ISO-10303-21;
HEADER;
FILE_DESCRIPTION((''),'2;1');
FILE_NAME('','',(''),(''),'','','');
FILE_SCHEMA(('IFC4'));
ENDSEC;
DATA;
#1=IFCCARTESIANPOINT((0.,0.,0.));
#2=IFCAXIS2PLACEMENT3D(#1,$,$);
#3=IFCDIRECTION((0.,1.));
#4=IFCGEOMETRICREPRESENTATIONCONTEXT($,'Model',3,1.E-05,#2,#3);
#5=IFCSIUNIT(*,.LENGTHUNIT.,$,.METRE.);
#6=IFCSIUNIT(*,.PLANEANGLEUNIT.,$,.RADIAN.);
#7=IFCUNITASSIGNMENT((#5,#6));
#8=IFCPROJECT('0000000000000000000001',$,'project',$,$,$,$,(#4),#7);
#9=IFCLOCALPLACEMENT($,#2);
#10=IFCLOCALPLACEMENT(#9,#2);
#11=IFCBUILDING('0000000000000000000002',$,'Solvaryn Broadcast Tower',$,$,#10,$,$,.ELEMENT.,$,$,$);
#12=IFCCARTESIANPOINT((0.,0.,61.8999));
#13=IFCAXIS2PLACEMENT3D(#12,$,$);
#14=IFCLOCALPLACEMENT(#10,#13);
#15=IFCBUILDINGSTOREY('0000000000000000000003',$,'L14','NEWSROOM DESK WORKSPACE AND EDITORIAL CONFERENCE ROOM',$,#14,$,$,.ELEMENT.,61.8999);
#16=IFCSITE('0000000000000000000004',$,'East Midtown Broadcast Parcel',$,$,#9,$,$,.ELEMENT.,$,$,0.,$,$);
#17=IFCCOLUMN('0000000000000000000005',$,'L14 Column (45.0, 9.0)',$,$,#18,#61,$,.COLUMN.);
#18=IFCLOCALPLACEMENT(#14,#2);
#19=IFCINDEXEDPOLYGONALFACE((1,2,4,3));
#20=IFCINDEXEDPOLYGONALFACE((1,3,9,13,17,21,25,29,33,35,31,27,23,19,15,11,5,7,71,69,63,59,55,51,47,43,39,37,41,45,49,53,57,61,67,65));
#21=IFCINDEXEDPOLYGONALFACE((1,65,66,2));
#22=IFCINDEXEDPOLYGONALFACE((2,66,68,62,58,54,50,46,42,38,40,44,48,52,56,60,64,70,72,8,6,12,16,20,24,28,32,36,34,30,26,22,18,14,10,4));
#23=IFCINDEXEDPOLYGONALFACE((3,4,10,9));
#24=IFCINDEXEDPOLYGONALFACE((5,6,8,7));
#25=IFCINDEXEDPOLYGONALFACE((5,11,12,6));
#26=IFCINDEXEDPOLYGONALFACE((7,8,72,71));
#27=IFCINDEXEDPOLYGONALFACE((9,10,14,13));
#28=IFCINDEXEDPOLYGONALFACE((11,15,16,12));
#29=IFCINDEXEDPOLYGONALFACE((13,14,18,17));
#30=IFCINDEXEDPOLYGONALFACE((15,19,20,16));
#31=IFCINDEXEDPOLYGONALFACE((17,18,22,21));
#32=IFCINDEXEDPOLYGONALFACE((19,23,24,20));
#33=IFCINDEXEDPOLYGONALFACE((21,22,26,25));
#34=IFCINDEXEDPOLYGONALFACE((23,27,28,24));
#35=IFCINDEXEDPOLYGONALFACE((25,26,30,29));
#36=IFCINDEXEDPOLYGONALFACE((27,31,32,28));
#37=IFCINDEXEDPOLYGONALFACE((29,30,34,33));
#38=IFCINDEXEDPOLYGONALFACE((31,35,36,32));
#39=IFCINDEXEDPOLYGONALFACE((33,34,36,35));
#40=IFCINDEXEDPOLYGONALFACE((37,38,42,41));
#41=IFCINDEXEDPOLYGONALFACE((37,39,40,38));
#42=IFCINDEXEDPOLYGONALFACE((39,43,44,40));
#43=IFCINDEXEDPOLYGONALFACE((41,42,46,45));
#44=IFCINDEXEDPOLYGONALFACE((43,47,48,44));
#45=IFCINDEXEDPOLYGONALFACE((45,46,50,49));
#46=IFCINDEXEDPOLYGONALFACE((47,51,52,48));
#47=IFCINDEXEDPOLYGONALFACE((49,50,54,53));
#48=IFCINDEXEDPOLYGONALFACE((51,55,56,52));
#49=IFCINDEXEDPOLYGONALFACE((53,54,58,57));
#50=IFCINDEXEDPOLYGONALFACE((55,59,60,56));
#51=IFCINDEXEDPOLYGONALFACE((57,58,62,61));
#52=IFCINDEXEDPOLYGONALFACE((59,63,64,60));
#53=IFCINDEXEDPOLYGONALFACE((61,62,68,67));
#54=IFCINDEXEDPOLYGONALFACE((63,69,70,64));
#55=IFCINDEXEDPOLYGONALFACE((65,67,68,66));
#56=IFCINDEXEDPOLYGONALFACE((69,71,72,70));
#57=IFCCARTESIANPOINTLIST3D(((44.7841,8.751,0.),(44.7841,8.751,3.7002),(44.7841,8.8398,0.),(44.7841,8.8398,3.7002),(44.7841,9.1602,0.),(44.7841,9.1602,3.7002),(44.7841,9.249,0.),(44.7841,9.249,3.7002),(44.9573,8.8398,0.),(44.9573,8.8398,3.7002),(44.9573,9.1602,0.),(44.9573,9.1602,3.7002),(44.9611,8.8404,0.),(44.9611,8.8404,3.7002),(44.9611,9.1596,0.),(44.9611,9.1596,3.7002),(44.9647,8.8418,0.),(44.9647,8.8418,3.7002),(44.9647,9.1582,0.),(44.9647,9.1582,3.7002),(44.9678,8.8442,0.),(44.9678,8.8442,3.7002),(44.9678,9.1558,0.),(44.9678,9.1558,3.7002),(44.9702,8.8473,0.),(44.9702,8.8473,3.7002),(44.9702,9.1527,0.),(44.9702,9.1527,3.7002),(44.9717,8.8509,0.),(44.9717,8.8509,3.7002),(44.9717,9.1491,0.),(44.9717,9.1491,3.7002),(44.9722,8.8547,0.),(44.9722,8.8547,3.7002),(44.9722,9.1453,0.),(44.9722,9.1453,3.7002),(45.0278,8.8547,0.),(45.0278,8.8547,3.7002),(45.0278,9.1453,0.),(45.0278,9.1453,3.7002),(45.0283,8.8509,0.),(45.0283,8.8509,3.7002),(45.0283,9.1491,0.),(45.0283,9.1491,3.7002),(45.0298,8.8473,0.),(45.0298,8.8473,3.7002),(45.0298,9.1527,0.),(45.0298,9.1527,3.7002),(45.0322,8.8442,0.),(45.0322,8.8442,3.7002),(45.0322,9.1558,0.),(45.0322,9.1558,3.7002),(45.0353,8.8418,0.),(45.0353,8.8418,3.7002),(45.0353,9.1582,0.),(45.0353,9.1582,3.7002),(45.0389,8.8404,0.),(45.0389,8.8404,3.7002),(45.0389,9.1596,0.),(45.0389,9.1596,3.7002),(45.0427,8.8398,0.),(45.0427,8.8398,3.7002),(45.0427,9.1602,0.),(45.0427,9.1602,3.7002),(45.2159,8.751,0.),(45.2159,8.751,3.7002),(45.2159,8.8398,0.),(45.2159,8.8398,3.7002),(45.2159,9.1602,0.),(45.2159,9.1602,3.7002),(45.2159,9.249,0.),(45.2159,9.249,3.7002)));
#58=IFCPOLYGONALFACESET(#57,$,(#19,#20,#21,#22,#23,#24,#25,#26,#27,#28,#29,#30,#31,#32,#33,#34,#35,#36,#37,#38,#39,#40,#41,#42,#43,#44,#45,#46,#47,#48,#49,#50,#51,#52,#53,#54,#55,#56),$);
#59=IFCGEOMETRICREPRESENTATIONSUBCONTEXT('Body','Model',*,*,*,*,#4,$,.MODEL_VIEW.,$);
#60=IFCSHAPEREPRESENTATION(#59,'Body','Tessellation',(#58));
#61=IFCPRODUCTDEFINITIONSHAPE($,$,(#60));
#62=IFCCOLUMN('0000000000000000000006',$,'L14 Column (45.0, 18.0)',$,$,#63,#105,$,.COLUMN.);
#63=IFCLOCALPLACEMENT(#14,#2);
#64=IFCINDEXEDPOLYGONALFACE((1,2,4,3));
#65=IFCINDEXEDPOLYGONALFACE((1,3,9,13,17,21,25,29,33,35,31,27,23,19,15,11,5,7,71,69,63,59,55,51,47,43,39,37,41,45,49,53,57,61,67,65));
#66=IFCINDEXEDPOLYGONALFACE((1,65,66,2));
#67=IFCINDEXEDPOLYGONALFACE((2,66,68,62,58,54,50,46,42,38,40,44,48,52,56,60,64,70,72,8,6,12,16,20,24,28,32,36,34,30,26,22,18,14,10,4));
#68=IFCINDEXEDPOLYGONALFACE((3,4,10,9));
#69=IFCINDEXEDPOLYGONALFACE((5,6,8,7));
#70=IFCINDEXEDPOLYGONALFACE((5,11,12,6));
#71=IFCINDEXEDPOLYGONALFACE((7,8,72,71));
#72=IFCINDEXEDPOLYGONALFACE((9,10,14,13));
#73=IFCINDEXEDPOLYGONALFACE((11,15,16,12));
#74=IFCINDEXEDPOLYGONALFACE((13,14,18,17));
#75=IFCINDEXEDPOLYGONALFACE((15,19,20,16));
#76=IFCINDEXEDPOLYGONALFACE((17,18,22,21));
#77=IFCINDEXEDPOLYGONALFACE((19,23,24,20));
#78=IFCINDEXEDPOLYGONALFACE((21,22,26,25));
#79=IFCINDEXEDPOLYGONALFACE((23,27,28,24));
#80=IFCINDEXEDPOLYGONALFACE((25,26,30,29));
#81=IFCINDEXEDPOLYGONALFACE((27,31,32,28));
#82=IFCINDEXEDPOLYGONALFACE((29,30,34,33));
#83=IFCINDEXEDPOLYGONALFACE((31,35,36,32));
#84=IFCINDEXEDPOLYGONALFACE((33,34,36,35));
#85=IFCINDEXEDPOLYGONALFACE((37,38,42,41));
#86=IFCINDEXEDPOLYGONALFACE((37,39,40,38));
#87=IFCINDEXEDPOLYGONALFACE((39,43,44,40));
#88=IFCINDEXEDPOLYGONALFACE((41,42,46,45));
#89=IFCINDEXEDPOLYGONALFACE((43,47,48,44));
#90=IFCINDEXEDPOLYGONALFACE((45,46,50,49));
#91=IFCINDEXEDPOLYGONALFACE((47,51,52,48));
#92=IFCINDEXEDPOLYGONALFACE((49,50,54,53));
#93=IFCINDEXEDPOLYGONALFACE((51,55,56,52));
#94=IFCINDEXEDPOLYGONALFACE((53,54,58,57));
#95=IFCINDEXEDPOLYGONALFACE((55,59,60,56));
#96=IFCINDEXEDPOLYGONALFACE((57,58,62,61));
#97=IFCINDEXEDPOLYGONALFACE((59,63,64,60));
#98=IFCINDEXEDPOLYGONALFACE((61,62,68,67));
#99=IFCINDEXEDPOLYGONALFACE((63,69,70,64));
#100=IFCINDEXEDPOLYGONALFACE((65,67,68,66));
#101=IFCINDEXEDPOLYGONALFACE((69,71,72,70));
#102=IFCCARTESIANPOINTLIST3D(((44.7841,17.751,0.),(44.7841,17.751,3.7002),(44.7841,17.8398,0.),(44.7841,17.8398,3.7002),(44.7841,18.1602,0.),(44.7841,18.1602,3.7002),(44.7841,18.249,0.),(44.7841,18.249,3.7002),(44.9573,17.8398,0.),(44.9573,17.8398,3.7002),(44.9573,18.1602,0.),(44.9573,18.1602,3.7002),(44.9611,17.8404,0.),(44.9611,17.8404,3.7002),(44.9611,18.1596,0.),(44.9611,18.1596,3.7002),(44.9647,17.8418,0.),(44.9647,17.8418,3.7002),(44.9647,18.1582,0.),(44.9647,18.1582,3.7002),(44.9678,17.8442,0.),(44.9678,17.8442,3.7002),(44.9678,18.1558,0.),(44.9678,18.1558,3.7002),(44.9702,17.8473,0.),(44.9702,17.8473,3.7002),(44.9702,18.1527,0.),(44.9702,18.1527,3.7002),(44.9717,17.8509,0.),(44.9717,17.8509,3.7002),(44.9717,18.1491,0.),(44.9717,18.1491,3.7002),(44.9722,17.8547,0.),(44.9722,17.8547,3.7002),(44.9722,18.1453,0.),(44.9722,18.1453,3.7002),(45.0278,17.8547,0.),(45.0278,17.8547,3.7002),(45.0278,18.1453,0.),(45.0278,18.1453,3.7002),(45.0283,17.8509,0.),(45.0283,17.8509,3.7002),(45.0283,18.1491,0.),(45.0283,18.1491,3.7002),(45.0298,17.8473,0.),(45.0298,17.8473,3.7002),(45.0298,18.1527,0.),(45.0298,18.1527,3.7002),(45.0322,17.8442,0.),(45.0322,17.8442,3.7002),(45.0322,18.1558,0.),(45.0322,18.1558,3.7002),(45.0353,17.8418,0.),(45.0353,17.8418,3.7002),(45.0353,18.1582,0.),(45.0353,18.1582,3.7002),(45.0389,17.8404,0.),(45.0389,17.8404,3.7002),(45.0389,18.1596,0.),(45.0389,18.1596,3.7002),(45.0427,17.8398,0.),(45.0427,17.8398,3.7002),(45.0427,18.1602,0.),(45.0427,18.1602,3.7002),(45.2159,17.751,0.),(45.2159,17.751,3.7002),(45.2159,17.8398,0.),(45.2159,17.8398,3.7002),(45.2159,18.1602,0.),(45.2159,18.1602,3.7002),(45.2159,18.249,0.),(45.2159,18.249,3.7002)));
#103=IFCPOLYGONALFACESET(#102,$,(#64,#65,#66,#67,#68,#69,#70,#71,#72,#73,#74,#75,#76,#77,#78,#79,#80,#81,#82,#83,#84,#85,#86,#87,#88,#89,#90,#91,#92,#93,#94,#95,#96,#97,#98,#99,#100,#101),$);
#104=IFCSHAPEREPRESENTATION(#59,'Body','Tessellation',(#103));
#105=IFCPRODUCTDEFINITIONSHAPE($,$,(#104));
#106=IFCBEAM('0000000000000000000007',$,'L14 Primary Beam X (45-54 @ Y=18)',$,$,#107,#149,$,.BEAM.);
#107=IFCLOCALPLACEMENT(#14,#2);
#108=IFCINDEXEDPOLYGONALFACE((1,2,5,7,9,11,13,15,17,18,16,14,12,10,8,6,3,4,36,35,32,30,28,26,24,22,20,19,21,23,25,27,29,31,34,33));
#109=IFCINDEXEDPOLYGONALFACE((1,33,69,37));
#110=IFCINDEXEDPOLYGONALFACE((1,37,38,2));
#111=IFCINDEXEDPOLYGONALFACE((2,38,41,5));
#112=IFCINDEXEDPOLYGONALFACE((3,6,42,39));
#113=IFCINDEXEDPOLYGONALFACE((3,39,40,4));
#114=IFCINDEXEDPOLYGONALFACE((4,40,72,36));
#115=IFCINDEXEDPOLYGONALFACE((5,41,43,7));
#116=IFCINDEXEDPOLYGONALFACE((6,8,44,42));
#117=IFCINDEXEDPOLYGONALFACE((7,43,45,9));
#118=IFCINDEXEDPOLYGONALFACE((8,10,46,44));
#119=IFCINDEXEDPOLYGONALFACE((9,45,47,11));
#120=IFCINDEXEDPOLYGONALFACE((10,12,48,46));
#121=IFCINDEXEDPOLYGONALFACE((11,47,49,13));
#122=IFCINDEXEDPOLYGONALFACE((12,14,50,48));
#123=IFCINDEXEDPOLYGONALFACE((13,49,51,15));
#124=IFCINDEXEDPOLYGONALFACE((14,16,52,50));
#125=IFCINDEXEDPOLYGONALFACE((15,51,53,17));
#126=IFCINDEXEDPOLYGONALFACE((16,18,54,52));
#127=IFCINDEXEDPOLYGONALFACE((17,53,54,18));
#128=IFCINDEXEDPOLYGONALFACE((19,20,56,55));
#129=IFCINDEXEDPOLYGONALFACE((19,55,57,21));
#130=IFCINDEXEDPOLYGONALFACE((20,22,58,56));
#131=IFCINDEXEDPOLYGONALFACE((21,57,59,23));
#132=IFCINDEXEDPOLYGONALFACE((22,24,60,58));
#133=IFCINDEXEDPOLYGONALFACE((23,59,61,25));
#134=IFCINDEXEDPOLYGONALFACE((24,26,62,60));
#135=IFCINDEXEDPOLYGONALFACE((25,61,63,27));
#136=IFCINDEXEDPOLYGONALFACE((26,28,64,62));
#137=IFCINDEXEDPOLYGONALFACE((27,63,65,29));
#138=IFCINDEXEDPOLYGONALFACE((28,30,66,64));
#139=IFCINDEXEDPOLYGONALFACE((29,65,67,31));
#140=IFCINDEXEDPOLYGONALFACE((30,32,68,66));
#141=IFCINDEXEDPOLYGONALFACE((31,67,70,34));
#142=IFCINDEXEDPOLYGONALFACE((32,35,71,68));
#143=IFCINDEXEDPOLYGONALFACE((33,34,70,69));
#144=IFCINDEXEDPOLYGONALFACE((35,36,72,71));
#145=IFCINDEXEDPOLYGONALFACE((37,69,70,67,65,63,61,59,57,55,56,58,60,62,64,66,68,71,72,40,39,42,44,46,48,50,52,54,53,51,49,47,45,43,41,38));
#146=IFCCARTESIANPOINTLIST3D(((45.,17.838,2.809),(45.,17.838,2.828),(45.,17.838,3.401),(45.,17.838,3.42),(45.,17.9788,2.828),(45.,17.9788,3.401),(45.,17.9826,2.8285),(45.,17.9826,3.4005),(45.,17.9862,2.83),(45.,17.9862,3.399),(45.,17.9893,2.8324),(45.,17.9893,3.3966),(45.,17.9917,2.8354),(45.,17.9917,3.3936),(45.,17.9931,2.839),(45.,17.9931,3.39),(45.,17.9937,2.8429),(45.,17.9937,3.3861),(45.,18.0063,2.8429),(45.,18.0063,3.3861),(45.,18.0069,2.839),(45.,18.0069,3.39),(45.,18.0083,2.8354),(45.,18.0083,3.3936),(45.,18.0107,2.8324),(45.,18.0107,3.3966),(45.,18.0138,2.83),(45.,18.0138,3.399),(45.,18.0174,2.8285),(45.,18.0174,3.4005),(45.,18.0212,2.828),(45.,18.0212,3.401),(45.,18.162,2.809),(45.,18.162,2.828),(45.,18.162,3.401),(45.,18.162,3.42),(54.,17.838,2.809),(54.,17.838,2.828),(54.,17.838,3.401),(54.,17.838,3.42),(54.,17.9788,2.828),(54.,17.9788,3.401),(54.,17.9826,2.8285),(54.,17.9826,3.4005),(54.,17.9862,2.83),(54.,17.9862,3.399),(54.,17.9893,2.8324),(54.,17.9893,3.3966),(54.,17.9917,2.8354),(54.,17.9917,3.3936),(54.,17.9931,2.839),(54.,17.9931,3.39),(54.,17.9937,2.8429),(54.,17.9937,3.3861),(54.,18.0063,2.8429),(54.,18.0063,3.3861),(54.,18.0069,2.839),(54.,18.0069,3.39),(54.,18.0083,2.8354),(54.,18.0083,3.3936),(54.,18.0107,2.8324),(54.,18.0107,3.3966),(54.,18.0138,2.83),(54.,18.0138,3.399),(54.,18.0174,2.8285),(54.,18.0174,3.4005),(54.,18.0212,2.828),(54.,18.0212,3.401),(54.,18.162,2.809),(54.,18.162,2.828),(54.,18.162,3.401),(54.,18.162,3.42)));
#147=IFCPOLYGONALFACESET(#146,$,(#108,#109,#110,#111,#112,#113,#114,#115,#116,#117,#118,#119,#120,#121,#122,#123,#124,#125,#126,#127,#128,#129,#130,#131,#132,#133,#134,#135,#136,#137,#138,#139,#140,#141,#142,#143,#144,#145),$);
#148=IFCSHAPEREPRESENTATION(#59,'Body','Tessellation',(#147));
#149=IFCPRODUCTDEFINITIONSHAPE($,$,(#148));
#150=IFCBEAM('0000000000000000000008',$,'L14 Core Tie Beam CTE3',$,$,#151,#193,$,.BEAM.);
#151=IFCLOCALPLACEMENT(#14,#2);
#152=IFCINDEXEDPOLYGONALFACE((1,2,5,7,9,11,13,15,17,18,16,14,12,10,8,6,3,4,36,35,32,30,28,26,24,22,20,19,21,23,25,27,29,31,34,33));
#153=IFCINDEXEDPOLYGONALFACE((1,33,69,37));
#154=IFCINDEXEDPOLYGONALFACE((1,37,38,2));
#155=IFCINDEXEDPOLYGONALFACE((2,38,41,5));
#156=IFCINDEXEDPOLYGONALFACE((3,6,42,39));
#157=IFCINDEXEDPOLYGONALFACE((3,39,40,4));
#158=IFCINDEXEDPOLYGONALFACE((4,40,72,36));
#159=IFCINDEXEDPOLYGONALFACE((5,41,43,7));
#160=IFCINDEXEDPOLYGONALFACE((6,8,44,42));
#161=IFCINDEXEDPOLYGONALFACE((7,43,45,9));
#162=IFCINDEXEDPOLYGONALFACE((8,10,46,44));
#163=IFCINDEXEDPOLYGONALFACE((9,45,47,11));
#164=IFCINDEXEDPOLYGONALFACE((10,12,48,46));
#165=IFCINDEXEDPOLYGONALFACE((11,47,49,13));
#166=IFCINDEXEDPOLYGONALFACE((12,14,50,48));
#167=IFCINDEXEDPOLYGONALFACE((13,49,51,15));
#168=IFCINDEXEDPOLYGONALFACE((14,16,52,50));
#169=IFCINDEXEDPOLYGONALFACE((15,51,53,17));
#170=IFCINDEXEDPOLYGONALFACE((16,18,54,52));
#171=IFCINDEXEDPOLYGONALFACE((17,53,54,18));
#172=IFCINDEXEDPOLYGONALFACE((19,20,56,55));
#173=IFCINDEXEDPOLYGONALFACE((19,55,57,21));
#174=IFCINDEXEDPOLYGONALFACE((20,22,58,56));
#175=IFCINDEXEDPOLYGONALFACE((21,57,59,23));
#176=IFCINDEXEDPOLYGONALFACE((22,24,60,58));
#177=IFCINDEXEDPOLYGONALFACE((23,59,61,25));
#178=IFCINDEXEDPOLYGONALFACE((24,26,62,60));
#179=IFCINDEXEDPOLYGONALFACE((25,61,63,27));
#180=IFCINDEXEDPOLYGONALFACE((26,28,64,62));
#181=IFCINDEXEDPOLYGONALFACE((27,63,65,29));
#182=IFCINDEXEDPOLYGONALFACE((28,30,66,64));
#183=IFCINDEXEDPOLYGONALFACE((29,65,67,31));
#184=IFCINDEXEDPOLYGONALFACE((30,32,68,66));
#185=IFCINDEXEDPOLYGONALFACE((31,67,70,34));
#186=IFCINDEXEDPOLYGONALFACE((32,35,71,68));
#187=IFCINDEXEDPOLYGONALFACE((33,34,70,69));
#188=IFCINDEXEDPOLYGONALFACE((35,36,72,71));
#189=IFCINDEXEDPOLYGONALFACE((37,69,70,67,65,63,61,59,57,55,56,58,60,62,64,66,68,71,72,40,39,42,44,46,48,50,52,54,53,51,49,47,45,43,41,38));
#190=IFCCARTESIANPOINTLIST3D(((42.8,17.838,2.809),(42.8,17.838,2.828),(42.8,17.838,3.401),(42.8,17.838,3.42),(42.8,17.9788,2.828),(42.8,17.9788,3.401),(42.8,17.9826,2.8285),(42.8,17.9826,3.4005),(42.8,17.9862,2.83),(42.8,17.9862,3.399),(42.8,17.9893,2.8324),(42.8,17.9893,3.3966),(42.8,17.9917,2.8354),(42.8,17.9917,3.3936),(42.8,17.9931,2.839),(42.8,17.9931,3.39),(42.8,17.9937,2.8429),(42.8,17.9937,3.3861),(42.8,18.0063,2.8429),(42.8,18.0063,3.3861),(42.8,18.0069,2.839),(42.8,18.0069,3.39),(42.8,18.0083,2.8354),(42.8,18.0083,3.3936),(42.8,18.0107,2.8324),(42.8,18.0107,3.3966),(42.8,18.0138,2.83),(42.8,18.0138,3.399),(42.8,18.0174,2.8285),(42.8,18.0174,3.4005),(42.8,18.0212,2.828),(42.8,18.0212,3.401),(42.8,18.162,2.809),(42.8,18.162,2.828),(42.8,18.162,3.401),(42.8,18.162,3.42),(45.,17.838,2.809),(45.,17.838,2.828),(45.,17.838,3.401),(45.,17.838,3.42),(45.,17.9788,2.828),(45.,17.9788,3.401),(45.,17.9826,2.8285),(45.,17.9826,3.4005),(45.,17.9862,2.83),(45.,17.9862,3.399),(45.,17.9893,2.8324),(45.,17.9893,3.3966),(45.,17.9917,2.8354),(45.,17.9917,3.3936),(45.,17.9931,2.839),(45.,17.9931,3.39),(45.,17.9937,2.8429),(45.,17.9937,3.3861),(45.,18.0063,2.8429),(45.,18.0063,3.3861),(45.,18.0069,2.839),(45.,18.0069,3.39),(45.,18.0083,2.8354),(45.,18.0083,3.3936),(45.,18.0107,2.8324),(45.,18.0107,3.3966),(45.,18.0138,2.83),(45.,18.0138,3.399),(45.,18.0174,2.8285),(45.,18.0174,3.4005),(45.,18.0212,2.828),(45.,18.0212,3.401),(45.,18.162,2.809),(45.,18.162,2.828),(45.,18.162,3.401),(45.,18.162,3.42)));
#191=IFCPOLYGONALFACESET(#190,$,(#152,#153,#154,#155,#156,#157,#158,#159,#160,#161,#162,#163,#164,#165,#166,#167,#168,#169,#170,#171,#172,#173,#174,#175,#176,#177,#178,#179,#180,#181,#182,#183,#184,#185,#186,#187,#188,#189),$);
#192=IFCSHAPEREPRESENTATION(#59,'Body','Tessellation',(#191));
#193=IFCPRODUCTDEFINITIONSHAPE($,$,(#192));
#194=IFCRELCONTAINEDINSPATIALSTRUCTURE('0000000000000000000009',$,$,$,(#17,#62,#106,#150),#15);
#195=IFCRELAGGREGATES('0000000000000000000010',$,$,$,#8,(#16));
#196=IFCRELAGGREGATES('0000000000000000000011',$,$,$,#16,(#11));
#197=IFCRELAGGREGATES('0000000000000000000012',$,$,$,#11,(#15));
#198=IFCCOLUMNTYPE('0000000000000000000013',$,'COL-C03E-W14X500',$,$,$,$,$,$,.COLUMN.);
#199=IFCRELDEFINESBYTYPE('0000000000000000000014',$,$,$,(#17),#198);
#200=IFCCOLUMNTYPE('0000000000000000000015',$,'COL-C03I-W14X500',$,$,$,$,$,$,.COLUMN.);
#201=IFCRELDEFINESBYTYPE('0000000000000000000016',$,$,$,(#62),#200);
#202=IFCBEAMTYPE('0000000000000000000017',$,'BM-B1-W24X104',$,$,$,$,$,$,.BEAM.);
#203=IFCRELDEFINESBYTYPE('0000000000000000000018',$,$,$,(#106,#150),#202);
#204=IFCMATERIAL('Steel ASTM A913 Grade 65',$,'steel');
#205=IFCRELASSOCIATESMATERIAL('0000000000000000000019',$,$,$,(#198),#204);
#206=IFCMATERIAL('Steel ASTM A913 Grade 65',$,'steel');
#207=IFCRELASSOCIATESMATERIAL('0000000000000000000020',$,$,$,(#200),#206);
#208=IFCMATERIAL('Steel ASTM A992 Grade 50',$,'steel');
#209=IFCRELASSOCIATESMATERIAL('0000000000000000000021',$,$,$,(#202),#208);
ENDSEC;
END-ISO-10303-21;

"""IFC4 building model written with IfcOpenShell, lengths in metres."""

from ifc_helpers import new_model, si_unit, direction, frame, origin, origin_2d, place, context, subcontext, project, spatial, i_section, extrude, material, material_profile, profile_set, type_object, element, save


model = new_model("IFC4")

# Units and contexts
model_context = context("Model", 3, precision=1e-05, world=origin(), true_north=direction((0.0, 1.0)))
body_context = subcontext(model_context, "Body", "Model", "MODEL_VIEW")
ifc_project = project(units=[si_unit("LENGTHUNIT", "METRE"), si_unit("PLANEANGLEUNIT", "RADIAN")], contexts=[model_context])

# Site, building, storey
site_placement = place(None, origin())
site = spatial("IfcSite", under=ifc_project, at=site_placement, Name="East Midtown Broadcast Parcel", CompositionType="ELEMENT", RefElevation=0.0)
building_placement = place(site_placement, origin())
building = spatial("IfcBuilding", under=site, at=building_placement, Name="Solvaryn Broadcast Tower", CompositionType="ELEMENT")
storey_placement = place(building_placement, frame((0.0, 0.0, 61.8999)))
storey = spatial("IfcBuildingStorey", under=building, at=storey_placement, Name="L14", Description="NEWSROOM DESK WORKSPACE AND EDITORIAL CONFERENCE ROOM", CompositionType="ELEMENT", Elevation=61.8999)

# Columns
ifc_material_1 = material(Name="Steel ASTM A913 Grade 65", Category="steel")
ifc_material_profile_1 = material_profile(ifc_material_1, i_section(OverallWidth=0.4319, OverallDepth=0.498, WebThickness=0.0557, FlangeThickness=0.0889, FilletRadius=0.0149, at=origin_2d()))
ifc_profile_set_1 = profile_set([ifc_material_profile_1], Name="Steel ASTM A913 Grade 65")
column_type_1 = type_object("IfcColumnType", Name="COL-C03E-W14X500", PredefinedType="COLUMN", material=ifc_profile_set_1)
column_1_placement = place(storey_placement, frame((45.0, 9.0, 0.0), z_axis=(0.0, 0.0, 1.0), x_axis=(1.0, 0.0, 0.0)))
element("IfcColumn", 1, at=column_1_placement, inside=storey, type_object=column_type_1, Name="L14 Column (45.0, 9.0)", PredefinedType="COLUMN", context=body_context, shape_type="SweptSolid", body=[
    extrude(i_section(OverallWidth=0.4319, OverallDepth=0.498, WebThickness=0.0557, FlangeThickness=0.0889, FilletRadius=0.0149, at=origin_2d()), origin(), (0.0, 0.0, 1.0), 3.7002),
])
ifc_material_2 = material(Name="Steel ASTM A913 Grade 65", Category="steel")
ifc_material_profile_2 = material_profile(ifc_material_2, i_section(OverallWidth=0.4319, OverallDepth=0.498, WebThickness=0.0557, FlangeThickness=0.0889, FilletRadius=0.0149, at=origin_2d()))
ifc_profile_set_2 = profile_set([ifc_material_profile_2], Name="Steel ASTM A913 Grade 65")
column_type_2 = type_object("IfcColumnType", Name="COL-C03I-W14X500", PredefinedType="COLUMN", material=ifc_profile_set_2)
column_2_placement = place(storey_placement, frame((45.0, 18.0, 0.0), z_axis=(0.0, 0.0, 1.0), x_axis=(1.0, 0.0, 0.0)))
element("IfcColumn", 2, at=column_2_placement, inside=storey, type_object=column_type_2, Name="L14 Column (45.0, 18.0)", PredefinedType="COLUMN", context=body_context, shape_type="SweptSolid", body=[
    extrude(i_section(OverallWidth=0.4319, OverallDepth=0.498, WebThickness=0.0557, FlangeThickness=0.0889, FilletRadius=0.0149, at=origin_2d()), origin(), (0.0, 0.0, 1.0), 3.7002),
])

# Beams
ifc_material_3 = material(Name="Steel ASTM A992 Grade 50", Category="steel")
ifc_material_profile_3 = material_profile(ifc_material_3, i_section(OverallWidth=0.324, OverallDepth=0.6111, WebThickness=0.0127, FlangeThickness=0.019, FilletRadius=0.0149, at=origin_2d()))
ifc_profile_set_3 = profile_set([ifc_material_profile_3], Name="Steel ASTM A992 Grade 50")
beam_type_1 = type_object("IfcBeamType", Name="BM-B1-W24X104", PredefinedType="BEAM", material=ifc_profile_set_3)
beam_1_placement = place(storey_placement, frame((45.0, 18.0, 3.1145), z_axis=(1.0, 0.0, 0.0), x_axis=(0.0, 1.0, 0.0)))
element("IfcBeam", 3, at=beam_1_placement, inside=storey, type_object=beam_type_1, Name="L14 Primary Beam X (45-54 @ Y=18)", PredefinedType="BEAM", context=body_context, shape_type="SweptSolid", body=[
    extrude(i_section(OverallWidth=0.324, OverallDepth=0.6111, WebThickness=0.0127, FlangeThickness=0.019, FilletRadius=0.0149, at=origin_2d()), origin(), (0.0, 0.0, 1.0), 9.0),
])
beam_2_placement = place(storey_placement, frame((42.8, 18.0, 3.1145), z_axis=(1.0, 0.0, 0.0), x_axis=(0.0, 1.0, 0.0)))
element("IfcBeam", 4, at=beam_2_placement, inside=storey, type_object=beam_type_1, Name="L14 Core Tie Beam CTE3", PredefinedType="BEAM", context=body_context, shape_type="SweptSolid", body=[
    extrude(i_section(OverallWidth=0.324, OverallDepth=0.6111, WebThickness=0.0127, FlangeThickness=0.019, FilletRadius=0.0149, at=origin_2d()), origin(), (0.0, 0.0, 1.0), 2.2),
])

save(model, "model.ifc")
